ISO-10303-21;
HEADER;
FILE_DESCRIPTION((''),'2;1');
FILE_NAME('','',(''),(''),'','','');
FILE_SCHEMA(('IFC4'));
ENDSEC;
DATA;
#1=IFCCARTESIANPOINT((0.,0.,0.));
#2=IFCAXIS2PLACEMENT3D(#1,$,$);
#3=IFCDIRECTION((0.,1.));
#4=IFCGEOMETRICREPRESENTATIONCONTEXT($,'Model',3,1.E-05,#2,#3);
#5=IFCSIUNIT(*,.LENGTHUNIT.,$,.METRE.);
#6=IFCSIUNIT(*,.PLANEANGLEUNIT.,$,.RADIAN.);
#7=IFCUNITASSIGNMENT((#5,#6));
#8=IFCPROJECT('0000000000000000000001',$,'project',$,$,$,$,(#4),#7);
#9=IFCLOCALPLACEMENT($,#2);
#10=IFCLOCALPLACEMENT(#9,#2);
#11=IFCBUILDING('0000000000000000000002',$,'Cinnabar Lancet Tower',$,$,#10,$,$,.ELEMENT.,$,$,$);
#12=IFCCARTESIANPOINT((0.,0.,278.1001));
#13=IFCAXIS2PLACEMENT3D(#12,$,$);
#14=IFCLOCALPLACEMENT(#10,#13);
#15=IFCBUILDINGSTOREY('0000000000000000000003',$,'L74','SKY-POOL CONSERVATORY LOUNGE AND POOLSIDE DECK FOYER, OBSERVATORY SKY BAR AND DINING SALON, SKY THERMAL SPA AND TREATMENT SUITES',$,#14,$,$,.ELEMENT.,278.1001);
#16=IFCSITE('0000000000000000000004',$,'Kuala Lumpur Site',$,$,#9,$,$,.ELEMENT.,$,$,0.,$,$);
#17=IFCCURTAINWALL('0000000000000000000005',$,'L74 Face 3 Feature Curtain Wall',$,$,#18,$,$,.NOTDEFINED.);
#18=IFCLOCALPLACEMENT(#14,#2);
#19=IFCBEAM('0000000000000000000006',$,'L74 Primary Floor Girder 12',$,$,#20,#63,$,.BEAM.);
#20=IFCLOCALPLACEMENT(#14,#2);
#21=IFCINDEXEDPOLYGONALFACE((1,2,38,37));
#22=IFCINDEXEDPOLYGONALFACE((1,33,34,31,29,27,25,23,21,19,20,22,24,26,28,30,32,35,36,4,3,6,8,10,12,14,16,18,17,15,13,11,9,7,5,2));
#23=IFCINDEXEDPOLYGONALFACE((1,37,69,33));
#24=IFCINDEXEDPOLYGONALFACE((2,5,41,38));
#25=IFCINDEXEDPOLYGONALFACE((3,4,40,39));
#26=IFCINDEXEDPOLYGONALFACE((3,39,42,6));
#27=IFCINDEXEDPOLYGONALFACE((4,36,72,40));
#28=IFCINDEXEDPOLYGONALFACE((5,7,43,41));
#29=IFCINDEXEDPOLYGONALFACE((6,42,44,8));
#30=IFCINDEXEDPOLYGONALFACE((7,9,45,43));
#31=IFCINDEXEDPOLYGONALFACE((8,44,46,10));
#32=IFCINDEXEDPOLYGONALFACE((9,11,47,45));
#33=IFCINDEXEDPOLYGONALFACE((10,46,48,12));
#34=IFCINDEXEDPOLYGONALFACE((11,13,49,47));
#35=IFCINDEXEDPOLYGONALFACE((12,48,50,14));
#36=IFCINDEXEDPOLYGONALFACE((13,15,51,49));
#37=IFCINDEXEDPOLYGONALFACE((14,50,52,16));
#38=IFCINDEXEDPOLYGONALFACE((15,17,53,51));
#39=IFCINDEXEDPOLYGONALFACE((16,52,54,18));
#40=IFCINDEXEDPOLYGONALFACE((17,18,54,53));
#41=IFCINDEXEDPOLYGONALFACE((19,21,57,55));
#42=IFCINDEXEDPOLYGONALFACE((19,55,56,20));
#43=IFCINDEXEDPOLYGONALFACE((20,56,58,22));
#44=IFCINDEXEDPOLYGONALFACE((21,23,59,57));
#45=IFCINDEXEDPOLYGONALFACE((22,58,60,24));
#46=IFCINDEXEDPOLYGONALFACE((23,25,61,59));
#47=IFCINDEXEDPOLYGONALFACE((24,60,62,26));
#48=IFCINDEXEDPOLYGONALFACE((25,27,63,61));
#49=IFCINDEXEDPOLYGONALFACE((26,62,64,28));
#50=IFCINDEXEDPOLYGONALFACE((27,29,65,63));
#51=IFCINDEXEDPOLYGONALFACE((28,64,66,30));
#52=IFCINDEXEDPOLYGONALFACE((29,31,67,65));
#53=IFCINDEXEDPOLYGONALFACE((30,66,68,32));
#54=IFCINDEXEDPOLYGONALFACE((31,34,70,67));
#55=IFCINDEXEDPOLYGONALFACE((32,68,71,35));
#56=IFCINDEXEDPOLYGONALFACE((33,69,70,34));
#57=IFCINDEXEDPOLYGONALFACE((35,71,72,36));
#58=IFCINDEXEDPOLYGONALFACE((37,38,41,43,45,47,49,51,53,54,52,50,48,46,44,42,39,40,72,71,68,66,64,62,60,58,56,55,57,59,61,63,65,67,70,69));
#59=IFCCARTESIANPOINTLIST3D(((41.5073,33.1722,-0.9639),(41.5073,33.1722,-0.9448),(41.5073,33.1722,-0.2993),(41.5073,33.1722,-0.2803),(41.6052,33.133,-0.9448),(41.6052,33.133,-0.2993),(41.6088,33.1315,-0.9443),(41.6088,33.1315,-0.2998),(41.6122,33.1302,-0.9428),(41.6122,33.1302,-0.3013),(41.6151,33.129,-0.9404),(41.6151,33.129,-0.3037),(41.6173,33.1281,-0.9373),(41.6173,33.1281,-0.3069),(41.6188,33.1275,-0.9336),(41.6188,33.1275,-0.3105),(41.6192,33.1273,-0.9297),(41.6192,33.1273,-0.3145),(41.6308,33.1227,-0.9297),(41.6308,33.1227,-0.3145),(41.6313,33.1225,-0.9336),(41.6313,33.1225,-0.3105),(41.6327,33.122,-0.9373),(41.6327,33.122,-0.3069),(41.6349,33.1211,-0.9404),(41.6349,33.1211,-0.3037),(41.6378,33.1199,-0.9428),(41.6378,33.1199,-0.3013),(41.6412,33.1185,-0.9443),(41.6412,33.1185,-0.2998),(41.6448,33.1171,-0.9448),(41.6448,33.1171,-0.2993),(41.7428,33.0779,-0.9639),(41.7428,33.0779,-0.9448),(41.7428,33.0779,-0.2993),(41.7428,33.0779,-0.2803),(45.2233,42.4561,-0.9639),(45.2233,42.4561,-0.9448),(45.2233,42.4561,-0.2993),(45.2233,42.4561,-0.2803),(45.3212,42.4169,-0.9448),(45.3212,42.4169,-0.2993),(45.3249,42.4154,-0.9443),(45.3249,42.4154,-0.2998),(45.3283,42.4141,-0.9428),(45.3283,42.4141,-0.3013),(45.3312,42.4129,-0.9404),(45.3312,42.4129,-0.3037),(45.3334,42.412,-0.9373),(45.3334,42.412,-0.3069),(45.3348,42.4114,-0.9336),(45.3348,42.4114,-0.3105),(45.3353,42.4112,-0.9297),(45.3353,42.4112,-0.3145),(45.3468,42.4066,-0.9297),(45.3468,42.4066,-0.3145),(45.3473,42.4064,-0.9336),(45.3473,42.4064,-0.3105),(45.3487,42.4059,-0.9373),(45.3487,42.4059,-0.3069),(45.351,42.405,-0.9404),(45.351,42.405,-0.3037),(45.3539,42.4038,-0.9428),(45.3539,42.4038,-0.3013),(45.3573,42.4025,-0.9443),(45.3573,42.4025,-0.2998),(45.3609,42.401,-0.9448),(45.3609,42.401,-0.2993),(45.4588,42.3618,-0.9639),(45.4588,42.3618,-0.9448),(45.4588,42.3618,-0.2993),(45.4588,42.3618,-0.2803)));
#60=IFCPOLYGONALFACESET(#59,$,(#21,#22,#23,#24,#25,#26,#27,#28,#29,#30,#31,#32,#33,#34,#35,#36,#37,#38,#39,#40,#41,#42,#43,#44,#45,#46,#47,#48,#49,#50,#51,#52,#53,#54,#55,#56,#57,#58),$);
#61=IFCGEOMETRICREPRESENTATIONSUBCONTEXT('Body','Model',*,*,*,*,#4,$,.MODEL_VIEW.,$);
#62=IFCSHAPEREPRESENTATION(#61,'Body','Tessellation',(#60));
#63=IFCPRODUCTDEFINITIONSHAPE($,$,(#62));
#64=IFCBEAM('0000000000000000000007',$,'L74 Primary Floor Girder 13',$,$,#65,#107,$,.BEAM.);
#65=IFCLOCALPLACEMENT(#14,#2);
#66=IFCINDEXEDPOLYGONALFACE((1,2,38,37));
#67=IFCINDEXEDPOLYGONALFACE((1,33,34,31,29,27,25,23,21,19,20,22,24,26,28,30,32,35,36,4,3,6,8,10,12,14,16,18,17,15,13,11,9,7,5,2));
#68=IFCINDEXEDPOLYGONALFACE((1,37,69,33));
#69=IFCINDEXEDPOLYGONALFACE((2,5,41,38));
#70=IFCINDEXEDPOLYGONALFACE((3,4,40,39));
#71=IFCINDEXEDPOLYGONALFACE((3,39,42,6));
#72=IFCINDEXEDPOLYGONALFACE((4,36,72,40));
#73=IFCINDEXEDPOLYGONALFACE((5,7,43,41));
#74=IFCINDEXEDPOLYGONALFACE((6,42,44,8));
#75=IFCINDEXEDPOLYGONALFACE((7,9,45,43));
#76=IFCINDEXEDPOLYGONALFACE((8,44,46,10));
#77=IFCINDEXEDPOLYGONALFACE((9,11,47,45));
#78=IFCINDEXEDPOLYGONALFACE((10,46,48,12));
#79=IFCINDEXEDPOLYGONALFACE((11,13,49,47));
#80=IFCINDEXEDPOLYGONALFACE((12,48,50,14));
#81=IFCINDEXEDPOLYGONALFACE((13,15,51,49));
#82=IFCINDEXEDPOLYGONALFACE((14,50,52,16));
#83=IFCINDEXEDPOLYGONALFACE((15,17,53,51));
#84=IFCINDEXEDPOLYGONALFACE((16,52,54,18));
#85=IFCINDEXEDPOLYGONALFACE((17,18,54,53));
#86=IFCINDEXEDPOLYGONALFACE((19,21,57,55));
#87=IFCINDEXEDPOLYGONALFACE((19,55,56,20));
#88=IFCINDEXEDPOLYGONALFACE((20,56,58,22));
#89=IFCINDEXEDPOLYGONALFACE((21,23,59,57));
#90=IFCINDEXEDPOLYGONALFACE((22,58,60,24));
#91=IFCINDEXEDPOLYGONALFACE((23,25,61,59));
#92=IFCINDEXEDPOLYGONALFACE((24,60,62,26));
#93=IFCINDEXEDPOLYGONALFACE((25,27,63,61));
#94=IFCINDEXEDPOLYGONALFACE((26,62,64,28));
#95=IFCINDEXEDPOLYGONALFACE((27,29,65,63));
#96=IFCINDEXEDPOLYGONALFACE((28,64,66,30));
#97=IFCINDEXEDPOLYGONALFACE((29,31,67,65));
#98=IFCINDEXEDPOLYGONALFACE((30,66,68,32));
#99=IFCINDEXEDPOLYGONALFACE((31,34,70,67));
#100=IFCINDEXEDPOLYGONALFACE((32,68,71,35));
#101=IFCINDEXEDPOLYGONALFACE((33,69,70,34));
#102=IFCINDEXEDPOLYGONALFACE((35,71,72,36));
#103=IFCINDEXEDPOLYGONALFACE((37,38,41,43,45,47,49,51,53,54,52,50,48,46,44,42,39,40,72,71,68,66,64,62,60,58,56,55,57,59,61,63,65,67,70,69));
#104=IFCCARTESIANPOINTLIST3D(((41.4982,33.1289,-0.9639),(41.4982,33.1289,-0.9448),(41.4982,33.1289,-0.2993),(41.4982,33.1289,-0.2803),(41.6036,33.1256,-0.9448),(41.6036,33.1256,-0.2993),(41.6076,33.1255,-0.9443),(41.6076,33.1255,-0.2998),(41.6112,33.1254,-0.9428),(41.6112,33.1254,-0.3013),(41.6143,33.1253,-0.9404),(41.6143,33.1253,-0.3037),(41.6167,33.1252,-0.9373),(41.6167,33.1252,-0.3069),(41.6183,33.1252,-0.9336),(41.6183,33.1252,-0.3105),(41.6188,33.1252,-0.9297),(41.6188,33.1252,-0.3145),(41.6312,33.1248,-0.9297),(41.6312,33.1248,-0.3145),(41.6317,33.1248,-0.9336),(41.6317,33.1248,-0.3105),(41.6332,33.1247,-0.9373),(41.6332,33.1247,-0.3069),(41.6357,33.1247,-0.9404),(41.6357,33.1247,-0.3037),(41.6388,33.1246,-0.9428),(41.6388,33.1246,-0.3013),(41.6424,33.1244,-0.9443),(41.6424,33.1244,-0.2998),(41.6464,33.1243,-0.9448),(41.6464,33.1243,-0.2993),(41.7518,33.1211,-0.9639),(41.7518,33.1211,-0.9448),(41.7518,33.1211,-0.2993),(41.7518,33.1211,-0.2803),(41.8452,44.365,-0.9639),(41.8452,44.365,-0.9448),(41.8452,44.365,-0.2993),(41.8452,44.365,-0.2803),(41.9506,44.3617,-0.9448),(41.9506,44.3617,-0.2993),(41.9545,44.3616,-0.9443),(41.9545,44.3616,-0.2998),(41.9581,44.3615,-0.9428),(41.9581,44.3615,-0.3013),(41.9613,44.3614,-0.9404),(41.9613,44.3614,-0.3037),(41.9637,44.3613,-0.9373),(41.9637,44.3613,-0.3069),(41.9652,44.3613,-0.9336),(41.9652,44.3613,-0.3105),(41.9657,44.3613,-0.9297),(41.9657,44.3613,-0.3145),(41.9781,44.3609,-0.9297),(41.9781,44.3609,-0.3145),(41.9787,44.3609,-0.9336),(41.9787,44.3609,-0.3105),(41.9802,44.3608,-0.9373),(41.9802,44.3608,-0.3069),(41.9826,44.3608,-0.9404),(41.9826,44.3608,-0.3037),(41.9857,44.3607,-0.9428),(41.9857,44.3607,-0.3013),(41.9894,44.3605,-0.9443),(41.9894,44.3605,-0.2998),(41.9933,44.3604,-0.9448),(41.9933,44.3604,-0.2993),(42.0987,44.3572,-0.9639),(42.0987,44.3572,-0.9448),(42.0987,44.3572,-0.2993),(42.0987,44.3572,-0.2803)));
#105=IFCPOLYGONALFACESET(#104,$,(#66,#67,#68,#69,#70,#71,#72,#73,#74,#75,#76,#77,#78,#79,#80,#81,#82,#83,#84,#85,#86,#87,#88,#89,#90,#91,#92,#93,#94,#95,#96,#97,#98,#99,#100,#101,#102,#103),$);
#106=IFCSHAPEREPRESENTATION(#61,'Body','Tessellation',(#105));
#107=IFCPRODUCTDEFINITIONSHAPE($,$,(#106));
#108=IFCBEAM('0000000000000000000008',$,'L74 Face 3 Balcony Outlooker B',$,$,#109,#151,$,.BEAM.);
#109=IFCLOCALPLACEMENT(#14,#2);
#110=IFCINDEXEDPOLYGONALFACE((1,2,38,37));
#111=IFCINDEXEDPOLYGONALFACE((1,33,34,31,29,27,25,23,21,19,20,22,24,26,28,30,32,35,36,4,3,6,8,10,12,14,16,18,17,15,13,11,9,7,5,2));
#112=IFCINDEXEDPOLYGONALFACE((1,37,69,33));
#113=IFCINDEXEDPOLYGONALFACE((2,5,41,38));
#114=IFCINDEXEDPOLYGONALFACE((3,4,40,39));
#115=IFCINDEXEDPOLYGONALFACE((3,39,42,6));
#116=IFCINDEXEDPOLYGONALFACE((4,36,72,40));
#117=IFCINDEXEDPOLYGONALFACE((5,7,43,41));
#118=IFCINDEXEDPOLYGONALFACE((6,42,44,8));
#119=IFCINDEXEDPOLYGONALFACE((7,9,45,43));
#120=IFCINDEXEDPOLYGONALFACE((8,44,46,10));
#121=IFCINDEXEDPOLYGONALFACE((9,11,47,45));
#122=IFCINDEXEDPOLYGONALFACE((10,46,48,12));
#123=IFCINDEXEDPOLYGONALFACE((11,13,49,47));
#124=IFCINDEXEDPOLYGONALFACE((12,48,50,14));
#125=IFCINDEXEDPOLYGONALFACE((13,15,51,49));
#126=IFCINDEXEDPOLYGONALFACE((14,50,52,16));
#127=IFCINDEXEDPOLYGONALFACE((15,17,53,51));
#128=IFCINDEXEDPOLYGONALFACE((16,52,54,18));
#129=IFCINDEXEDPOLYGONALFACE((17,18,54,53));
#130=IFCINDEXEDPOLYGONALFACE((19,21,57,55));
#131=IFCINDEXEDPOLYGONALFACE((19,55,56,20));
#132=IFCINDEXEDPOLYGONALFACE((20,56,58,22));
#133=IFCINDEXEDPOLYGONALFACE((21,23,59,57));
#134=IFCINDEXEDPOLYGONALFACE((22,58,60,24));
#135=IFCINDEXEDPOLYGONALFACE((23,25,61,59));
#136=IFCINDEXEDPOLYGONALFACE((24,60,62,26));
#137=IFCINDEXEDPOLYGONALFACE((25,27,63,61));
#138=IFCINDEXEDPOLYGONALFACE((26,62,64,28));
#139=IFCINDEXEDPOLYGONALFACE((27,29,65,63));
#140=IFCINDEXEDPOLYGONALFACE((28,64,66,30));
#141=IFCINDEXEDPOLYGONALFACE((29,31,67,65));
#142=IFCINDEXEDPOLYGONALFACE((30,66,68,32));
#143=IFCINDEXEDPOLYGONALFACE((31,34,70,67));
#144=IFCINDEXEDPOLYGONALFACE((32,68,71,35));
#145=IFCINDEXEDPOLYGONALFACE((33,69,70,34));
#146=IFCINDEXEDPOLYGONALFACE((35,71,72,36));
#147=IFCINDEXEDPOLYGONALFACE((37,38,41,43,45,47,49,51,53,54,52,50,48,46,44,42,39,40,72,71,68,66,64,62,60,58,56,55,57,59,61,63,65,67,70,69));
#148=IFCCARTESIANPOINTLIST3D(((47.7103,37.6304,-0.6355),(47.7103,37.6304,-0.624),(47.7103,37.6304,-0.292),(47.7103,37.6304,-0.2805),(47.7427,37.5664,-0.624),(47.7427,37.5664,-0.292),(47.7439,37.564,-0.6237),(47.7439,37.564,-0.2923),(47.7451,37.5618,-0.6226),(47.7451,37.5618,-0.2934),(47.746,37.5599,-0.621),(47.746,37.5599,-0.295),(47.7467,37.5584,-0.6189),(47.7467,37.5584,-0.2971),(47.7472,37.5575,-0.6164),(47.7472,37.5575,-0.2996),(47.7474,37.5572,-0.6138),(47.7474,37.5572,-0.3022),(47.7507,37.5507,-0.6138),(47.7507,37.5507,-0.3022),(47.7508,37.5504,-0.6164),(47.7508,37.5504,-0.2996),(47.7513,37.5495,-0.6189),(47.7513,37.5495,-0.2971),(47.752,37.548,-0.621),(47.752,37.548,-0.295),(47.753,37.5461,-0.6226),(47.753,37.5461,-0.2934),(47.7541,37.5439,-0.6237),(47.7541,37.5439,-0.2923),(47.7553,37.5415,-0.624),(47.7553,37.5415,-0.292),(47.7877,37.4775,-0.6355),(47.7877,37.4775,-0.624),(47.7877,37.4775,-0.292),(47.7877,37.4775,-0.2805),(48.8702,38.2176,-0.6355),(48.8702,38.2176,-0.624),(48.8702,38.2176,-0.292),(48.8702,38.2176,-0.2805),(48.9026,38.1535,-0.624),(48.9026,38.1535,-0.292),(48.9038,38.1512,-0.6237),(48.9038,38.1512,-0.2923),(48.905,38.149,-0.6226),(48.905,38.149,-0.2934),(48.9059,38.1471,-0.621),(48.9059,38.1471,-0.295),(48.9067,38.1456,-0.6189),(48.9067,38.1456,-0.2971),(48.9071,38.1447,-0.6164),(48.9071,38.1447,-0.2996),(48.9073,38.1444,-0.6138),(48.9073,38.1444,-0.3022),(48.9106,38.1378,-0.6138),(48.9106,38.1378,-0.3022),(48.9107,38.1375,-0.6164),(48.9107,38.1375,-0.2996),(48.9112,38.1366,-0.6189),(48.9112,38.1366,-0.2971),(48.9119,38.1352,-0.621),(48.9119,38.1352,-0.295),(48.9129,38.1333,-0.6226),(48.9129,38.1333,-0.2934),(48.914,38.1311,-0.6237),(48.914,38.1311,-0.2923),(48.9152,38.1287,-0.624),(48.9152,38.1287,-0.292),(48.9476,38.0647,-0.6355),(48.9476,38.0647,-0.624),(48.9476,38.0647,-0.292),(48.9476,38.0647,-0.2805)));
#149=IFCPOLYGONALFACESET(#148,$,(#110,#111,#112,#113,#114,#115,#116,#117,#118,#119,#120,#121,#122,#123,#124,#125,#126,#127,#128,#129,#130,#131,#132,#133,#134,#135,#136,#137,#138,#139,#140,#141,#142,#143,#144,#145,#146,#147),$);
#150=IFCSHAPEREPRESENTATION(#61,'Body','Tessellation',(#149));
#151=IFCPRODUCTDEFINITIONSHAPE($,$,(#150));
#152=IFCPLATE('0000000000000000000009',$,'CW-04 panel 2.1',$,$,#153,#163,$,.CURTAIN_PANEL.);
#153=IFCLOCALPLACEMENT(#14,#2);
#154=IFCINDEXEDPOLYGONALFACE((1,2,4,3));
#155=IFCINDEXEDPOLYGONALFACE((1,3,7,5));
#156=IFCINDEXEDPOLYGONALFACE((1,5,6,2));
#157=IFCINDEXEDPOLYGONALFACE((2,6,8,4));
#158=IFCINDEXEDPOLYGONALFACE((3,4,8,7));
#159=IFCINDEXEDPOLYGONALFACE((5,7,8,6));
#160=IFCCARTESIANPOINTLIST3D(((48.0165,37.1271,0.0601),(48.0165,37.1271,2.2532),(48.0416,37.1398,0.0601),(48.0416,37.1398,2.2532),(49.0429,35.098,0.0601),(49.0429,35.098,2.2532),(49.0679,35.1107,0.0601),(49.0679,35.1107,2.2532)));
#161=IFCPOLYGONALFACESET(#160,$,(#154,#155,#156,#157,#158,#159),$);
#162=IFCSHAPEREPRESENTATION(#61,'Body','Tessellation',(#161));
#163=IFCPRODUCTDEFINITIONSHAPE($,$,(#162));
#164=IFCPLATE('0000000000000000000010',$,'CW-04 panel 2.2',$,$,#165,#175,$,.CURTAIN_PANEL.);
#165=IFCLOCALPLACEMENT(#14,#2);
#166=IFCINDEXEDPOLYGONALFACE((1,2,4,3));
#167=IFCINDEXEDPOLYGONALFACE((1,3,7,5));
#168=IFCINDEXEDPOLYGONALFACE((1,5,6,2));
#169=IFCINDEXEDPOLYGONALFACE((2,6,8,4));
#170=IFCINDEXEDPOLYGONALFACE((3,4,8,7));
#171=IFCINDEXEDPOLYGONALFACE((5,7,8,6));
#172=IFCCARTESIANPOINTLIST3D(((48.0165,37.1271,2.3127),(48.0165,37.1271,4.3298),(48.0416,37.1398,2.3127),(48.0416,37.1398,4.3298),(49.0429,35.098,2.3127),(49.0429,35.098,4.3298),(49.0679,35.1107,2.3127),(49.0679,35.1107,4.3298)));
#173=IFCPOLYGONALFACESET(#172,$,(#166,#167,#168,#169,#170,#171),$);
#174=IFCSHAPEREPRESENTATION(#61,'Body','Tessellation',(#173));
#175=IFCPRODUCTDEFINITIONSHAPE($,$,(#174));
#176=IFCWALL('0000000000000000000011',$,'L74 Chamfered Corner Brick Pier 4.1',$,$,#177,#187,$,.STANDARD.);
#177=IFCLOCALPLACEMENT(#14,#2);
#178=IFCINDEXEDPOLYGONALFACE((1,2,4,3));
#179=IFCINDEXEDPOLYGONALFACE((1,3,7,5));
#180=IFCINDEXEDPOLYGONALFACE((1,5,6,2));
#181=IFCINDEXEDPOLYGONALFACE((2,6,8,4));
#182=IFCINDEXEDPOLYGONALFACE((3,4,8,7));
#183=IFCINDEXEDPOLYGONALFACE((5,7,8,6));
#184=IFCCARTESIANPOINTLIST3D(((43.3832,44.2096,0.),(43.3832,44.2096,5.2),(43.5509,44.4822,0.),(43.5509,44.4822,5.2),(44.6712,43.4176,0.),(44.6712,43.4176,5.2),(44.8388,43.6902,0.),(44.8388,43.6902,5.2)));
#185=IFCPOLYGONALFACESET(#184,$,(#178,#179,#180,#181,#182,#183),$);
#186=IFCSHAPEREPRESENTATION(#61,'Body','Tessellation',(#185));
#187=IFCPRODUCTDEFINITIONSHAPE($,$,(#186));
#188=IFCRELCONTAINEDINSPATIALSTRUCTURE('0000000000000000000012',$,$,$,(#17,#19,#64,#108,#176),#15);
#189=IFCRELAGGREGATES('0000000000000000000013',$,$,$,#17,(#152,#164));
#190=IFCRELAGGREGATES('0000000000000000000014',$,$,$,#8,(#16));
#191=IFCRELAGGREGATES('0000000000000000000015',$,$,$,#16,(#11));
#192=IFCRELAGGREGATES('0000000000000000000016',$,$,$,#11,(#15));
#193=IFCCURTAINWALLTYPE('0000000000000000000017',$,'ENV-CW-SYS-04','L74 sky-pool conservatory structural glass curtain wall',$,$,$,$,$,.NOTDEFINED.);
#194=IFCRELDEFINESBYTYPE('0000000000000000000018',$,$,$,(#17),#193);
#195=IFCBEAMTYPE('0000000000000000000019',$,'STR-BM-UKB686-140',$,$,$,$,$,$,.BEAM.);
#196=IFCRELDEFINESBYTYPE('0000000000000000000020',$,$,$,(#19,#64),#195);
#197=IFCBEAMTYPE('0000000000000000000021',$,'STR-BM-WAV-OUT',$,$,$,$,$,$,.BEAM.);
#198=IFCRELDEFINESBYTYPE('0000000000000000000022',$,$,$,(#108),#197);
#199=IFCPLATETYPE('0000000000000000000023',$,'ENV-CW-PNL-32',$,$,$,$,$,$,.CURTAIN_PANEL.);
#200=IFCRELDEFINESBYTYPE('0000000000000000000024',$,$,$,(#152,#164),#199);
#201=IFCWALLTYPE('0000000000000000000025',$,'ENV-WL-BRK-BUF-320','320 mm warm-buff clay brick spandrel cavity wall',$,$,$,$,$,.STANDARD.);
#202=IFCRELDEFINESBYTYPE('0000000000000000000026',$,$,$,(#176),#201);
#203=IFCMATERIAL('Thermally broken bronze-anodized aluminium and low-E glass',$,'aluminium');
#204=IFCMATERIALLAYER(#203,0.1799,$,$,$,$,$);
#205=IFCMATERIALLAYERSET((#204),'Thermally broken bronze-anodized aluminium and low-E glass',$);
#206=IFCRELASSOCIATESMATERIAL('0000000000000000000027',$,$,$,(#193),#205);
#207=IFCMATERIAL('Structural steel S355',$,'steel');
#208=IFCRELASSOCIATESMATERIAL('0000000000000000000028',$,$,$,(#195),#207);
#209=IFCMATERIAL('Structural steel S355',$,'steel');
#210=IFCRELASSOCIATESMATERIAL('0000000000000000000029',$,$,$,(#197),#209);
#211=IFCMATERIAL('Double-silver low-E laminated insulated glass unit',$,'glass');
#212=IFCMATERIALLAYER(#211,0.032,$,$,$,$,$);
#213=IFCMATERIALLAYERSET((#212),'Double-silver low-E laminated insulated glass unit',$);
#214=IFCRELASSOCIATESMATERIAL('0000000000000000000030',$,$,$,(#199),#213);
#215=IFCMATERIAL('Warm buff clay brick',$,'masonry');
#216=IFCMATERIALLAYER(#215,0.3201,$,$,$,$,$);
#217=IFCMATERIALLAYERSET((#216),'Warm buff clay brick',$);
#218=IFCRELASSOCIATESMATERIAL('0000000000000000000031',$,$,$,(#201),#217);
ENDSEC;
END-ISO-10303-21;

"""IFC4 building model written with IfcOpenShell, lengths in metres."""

from ifc_helpers import new_model, si_unit, direction, frame, frame_2d, origin, origin_2d, place, context, subcontext, project, spatial, rectangle, i_section, extrude, material, layer, layer_set, material_profile, profile_set, type_object, element, aggregate, save


model = new_model("IFC4")

# Units and contexts
model_context = context("Model", 3, precision=1e-05, world=origin(), true_north=direction((0.0, 1.0)))
body_context = subcontext(model_context, "Body", "Model", "MODEL_VIEW")
ifc_project = project(units=[si_unit("LENGTHUNIT", "METRE"), si_unit("PLANEANGLEUNIT", "RADIAN")], contexts=[model_context])

# Site, building, storey
site_placement = place(None, origin())
site = spatial("IfcSite", under=ifc_project, at=site_placement, Name="Kuala Lumpur Site", CompositionType="ELEMENT", RefElevation=0.0)
building_placement = place(site_placement, origin())
building = spatial("IfcBuilding", under=site, at=building_placement, Name="Cinnabar Lancet Tower", CompositionType="ELEMENT")
storey_placement = place(building_placement, frame((0.0, 0.0, 278.1001)))
storey = spatial("IfcBuildingStorey", under=building, at=storey_placement, Name="L74", Description="SKY-POOL CONSERVATORY LOUNGE AND POOLSIDE DECK FOYER, OBSERVATORY SKY BAR AND DINING SALON, SKY THERMAL SPA AND TREATMENT SUITES", CompositionType="ELEMENT", Elevation=278.1001)

# Curtain wall
ifc_material_1 = material(Name="Thermally broken bronze-anodized aluminium and low-E glass", Category="aluminium")
ifc_layer_1 = layer(ifc_material_1, 0.1799)
ifc_layer_set_1 = layer_set([ifc_layer_1], Name="Thermally broken bronze-anodized aluminium and low-E glass")
curtain_wall_type = type_object("IfcCurtainWallType", Name="ENV-CW-SYS-04", Description="L74 sky-pool conservatory structural glass curtain wall", PredefinedType="NOTDEFINED", material=ifc_layer_set_1)
curtain_wall_placement = place(storey_placement, origin())
curtain_wall = element("IfcCurtainWall", 1, at=curtain_wall_placement, inside=storey, type_object=curtain_wall_type, Name="L74 Face 3 Feature Curtain Wall", PredefinedType="NOTDEFINED")

# Beams
ifc_material_2 = material(Name="Structural steel S355", Category="steel")
ifc_material_profile_1 = material_profile(ifc_material_2, i_section(OverallWidth=0.2537, OverallDepth=0.6836, WebThickness=0.0125, FlangeThickness=0.019, FilletRadius=0.0151, at=origin_2d()), Name="UKB 686x254x140")
ifc_profile_set_1 = profile_set([ifc_material_profile_1], Name="Structural steel S355")
beam_type_1 = type_object("IfcBeamType", Name="STR-BM-UKB686-140", PredefinedType="BEAM", material=ifc_profile_set_1)
beam_1_placement = place(storey_placement, frame((45.3411, 42.4089, -0.6221), z_axis=(-0.371605, -0.928391, 0.0), x_axis=(0.928391, -0.371605, 0.0)))
element("IfcBeam", 2, at=beam_1_placement, inside=storey, type_object=beam_type_1, Name="L74 Primary Floor Girder 12", PredefinedType="BEAM", context=body_context, shape_type="SweptSolid", body=[
    extrude(i_section(OverallWidth=0.2537, OverallDepth=0.6836, WebThickness=0.0125, FlangeThickness=0.019, FilletRadius=0.0151, at=origin_2d()), origin(), (0.0, 0.0, 1.0), 10.0),
])
beam_2_placement = place(storey_placement, frame((41.9719, 44.3611, -0.6221), z_axis=(-0.030861, -0.999524, 0.0), x_axis=(0.999524, -0.030861, 0.0)))
element("IfcBeam", 3, at=beam_2_placement, inside=storey, type_object=beam_type_1, Name="L74 Primary Floor Girder 13", PredefinedType="BEAM", context=body_context, shape_type="SweptSolid", body=[
    extrude(i_section(OverallWidth=0.2537, OverallDepth=0.6836, WebThickness=0.0125, FlangeThickness=0.019, FilletRadius=0.0151, at=origin_2d()), origin(), (0.0, 0.0, 1.0), 11.2415),
])
ifc_material_3 = material(Name="Structural steel S355", Category="steel")
ifc_material_profile_2 = material_profile(ifc_material_3, i_section(OverallWidth=0.1714, OverallDepth=0.355, WebThickness=0.0073, FlangeThickness=0.0115, FilletRadius=0.0103, at=origin_2d()), Name="UKB 356x171x51")
ifc_profile_set_2 = profile_set([ifc_material_profile_2], Name="Structural steel S355")
beam_type_2 = type_object("IfcBeamType", Name="STR-BM-WAV-OUT", PredefinedType="BEAM", material=ifc_profile_set_2)
beam_3_placement = place(storey_placement, frame((47.749, 37.554, -0.458), z_axis=(0.8922, 0.45164, 0.0), x_axis=(-0.45164, 0.8922, 0.0)))
element("IfcBeam", 4, at=beam_3_placement, inside=storey, type_object=beam_type_2, Name="L74 Face 3 Balcony Outlooker B", PredefinedType="BEAM", context=body_context, shape_type="SweptSolid", body=[
    extrude(i_section(OverallWidth=0.1714, OverallDepth=0.355, WebThickness=0.0073, FlangeThickness=0.0115, FilletRadius=0.0103, at=origin_2d()), origin(), (0.0, 0.0, 1.0), 1.3),
])

# Plates
ifc_material_4 = material(Name="Double-silver low-E laminated insulated glass unit", Category="glass")
ifc_layer_2 = layer(ifc_material_4, 0.032)
ifc_layer_set_2 = layer_set([ifc_layer_2], Name="Double-silver low-E laminated insulated glass unit")
plate_type = type_object("IfcPlateType", Name="ENV-CW-PNL-32", PredefinedType="CURTAIN_PANEL", material=ifc_layer_set_2)
plate_1_placement = place(storey_placement, frame((48.5422, 36.1189, 0.0601), z_axis=(0.0, 0.0, 1.0), x_axis=(-0.451354, 0.892345, 0.0)))
plate_1 = element("IfcPlate", 5, at=plate_1_placement, type_object=plate_type, Name="CW-04 panel 2.1", PredefinedType="CURTAIN_PANEL", context=body_context, shape_type="SweptSolid", body=[
    extrude(rectangle(XDim=2.2739, YDim=0.0281, at=origin_2d()), origin(), (0.0, 0.0, 1.0), 2.1931),
])
plate_2_placement = place(storey_placement, frame((48.5422, 36.1189, 2.3127), z_axis=(0.0, 0.0, 1.0), x_axis=(-0.451354, 0.892345, 0.0)))
plate_2 = element("IfcPlate", 6, at=plate_2_placement, type_object=plate_type, Name="CW-04 panel 2.2", PredefinedType="CURTAIN_PANEL", context=body_context, shape_type="SweptSolid", body=[
    extrude(rectangle(XDim=2.2739, YDim=0.0281, at=origin_2d()), origin(), (0.0, 0.0, 1.0), 2.0171),
])
aggregate(curtain_wall, [plate_1, plate_2])

# Wall
ifc_material_5 = material(Name="Warm buff clay brick", Category="masonry")
ifc_layer_3 = layer(ifc_material_5, 0.3201)
ifc_layer_set_3 = layer_set([ifc_layer_3], Name="Warm buff clay brick")
wall_type = type_object("IfcWallType", Name="ENV-WL-BRK-BUF-320", Description="320 mm warm-buff clay brick spandrel cavity wall", PredefinedType="STANDARD", material=ifc_layer_set_3)
wall_1_placement = place(storey_placement, frame((44.7549, 43.554, 0.0), z_axis=(0.0, 0.0, 1.0), x_axis=(-0.851814, 0.523845, 0.0)))
element("IfcWall", 7, at=wall_1_placement, inside=storey, type_object=wall_type, Name="L74 Chamfered Corner Brick Pier 4.1", PredefinedType="STANDARD", context=body_context, shape_type="SweptSolid", body=[
    extrude(rectangle(XDim=1.512, YDim=0.3201, at=frame_2d((0.7559, 0.0))), origin(), (0.0, 0.0, 1.0), 5.2),
])

save(model, "model.ifc")
